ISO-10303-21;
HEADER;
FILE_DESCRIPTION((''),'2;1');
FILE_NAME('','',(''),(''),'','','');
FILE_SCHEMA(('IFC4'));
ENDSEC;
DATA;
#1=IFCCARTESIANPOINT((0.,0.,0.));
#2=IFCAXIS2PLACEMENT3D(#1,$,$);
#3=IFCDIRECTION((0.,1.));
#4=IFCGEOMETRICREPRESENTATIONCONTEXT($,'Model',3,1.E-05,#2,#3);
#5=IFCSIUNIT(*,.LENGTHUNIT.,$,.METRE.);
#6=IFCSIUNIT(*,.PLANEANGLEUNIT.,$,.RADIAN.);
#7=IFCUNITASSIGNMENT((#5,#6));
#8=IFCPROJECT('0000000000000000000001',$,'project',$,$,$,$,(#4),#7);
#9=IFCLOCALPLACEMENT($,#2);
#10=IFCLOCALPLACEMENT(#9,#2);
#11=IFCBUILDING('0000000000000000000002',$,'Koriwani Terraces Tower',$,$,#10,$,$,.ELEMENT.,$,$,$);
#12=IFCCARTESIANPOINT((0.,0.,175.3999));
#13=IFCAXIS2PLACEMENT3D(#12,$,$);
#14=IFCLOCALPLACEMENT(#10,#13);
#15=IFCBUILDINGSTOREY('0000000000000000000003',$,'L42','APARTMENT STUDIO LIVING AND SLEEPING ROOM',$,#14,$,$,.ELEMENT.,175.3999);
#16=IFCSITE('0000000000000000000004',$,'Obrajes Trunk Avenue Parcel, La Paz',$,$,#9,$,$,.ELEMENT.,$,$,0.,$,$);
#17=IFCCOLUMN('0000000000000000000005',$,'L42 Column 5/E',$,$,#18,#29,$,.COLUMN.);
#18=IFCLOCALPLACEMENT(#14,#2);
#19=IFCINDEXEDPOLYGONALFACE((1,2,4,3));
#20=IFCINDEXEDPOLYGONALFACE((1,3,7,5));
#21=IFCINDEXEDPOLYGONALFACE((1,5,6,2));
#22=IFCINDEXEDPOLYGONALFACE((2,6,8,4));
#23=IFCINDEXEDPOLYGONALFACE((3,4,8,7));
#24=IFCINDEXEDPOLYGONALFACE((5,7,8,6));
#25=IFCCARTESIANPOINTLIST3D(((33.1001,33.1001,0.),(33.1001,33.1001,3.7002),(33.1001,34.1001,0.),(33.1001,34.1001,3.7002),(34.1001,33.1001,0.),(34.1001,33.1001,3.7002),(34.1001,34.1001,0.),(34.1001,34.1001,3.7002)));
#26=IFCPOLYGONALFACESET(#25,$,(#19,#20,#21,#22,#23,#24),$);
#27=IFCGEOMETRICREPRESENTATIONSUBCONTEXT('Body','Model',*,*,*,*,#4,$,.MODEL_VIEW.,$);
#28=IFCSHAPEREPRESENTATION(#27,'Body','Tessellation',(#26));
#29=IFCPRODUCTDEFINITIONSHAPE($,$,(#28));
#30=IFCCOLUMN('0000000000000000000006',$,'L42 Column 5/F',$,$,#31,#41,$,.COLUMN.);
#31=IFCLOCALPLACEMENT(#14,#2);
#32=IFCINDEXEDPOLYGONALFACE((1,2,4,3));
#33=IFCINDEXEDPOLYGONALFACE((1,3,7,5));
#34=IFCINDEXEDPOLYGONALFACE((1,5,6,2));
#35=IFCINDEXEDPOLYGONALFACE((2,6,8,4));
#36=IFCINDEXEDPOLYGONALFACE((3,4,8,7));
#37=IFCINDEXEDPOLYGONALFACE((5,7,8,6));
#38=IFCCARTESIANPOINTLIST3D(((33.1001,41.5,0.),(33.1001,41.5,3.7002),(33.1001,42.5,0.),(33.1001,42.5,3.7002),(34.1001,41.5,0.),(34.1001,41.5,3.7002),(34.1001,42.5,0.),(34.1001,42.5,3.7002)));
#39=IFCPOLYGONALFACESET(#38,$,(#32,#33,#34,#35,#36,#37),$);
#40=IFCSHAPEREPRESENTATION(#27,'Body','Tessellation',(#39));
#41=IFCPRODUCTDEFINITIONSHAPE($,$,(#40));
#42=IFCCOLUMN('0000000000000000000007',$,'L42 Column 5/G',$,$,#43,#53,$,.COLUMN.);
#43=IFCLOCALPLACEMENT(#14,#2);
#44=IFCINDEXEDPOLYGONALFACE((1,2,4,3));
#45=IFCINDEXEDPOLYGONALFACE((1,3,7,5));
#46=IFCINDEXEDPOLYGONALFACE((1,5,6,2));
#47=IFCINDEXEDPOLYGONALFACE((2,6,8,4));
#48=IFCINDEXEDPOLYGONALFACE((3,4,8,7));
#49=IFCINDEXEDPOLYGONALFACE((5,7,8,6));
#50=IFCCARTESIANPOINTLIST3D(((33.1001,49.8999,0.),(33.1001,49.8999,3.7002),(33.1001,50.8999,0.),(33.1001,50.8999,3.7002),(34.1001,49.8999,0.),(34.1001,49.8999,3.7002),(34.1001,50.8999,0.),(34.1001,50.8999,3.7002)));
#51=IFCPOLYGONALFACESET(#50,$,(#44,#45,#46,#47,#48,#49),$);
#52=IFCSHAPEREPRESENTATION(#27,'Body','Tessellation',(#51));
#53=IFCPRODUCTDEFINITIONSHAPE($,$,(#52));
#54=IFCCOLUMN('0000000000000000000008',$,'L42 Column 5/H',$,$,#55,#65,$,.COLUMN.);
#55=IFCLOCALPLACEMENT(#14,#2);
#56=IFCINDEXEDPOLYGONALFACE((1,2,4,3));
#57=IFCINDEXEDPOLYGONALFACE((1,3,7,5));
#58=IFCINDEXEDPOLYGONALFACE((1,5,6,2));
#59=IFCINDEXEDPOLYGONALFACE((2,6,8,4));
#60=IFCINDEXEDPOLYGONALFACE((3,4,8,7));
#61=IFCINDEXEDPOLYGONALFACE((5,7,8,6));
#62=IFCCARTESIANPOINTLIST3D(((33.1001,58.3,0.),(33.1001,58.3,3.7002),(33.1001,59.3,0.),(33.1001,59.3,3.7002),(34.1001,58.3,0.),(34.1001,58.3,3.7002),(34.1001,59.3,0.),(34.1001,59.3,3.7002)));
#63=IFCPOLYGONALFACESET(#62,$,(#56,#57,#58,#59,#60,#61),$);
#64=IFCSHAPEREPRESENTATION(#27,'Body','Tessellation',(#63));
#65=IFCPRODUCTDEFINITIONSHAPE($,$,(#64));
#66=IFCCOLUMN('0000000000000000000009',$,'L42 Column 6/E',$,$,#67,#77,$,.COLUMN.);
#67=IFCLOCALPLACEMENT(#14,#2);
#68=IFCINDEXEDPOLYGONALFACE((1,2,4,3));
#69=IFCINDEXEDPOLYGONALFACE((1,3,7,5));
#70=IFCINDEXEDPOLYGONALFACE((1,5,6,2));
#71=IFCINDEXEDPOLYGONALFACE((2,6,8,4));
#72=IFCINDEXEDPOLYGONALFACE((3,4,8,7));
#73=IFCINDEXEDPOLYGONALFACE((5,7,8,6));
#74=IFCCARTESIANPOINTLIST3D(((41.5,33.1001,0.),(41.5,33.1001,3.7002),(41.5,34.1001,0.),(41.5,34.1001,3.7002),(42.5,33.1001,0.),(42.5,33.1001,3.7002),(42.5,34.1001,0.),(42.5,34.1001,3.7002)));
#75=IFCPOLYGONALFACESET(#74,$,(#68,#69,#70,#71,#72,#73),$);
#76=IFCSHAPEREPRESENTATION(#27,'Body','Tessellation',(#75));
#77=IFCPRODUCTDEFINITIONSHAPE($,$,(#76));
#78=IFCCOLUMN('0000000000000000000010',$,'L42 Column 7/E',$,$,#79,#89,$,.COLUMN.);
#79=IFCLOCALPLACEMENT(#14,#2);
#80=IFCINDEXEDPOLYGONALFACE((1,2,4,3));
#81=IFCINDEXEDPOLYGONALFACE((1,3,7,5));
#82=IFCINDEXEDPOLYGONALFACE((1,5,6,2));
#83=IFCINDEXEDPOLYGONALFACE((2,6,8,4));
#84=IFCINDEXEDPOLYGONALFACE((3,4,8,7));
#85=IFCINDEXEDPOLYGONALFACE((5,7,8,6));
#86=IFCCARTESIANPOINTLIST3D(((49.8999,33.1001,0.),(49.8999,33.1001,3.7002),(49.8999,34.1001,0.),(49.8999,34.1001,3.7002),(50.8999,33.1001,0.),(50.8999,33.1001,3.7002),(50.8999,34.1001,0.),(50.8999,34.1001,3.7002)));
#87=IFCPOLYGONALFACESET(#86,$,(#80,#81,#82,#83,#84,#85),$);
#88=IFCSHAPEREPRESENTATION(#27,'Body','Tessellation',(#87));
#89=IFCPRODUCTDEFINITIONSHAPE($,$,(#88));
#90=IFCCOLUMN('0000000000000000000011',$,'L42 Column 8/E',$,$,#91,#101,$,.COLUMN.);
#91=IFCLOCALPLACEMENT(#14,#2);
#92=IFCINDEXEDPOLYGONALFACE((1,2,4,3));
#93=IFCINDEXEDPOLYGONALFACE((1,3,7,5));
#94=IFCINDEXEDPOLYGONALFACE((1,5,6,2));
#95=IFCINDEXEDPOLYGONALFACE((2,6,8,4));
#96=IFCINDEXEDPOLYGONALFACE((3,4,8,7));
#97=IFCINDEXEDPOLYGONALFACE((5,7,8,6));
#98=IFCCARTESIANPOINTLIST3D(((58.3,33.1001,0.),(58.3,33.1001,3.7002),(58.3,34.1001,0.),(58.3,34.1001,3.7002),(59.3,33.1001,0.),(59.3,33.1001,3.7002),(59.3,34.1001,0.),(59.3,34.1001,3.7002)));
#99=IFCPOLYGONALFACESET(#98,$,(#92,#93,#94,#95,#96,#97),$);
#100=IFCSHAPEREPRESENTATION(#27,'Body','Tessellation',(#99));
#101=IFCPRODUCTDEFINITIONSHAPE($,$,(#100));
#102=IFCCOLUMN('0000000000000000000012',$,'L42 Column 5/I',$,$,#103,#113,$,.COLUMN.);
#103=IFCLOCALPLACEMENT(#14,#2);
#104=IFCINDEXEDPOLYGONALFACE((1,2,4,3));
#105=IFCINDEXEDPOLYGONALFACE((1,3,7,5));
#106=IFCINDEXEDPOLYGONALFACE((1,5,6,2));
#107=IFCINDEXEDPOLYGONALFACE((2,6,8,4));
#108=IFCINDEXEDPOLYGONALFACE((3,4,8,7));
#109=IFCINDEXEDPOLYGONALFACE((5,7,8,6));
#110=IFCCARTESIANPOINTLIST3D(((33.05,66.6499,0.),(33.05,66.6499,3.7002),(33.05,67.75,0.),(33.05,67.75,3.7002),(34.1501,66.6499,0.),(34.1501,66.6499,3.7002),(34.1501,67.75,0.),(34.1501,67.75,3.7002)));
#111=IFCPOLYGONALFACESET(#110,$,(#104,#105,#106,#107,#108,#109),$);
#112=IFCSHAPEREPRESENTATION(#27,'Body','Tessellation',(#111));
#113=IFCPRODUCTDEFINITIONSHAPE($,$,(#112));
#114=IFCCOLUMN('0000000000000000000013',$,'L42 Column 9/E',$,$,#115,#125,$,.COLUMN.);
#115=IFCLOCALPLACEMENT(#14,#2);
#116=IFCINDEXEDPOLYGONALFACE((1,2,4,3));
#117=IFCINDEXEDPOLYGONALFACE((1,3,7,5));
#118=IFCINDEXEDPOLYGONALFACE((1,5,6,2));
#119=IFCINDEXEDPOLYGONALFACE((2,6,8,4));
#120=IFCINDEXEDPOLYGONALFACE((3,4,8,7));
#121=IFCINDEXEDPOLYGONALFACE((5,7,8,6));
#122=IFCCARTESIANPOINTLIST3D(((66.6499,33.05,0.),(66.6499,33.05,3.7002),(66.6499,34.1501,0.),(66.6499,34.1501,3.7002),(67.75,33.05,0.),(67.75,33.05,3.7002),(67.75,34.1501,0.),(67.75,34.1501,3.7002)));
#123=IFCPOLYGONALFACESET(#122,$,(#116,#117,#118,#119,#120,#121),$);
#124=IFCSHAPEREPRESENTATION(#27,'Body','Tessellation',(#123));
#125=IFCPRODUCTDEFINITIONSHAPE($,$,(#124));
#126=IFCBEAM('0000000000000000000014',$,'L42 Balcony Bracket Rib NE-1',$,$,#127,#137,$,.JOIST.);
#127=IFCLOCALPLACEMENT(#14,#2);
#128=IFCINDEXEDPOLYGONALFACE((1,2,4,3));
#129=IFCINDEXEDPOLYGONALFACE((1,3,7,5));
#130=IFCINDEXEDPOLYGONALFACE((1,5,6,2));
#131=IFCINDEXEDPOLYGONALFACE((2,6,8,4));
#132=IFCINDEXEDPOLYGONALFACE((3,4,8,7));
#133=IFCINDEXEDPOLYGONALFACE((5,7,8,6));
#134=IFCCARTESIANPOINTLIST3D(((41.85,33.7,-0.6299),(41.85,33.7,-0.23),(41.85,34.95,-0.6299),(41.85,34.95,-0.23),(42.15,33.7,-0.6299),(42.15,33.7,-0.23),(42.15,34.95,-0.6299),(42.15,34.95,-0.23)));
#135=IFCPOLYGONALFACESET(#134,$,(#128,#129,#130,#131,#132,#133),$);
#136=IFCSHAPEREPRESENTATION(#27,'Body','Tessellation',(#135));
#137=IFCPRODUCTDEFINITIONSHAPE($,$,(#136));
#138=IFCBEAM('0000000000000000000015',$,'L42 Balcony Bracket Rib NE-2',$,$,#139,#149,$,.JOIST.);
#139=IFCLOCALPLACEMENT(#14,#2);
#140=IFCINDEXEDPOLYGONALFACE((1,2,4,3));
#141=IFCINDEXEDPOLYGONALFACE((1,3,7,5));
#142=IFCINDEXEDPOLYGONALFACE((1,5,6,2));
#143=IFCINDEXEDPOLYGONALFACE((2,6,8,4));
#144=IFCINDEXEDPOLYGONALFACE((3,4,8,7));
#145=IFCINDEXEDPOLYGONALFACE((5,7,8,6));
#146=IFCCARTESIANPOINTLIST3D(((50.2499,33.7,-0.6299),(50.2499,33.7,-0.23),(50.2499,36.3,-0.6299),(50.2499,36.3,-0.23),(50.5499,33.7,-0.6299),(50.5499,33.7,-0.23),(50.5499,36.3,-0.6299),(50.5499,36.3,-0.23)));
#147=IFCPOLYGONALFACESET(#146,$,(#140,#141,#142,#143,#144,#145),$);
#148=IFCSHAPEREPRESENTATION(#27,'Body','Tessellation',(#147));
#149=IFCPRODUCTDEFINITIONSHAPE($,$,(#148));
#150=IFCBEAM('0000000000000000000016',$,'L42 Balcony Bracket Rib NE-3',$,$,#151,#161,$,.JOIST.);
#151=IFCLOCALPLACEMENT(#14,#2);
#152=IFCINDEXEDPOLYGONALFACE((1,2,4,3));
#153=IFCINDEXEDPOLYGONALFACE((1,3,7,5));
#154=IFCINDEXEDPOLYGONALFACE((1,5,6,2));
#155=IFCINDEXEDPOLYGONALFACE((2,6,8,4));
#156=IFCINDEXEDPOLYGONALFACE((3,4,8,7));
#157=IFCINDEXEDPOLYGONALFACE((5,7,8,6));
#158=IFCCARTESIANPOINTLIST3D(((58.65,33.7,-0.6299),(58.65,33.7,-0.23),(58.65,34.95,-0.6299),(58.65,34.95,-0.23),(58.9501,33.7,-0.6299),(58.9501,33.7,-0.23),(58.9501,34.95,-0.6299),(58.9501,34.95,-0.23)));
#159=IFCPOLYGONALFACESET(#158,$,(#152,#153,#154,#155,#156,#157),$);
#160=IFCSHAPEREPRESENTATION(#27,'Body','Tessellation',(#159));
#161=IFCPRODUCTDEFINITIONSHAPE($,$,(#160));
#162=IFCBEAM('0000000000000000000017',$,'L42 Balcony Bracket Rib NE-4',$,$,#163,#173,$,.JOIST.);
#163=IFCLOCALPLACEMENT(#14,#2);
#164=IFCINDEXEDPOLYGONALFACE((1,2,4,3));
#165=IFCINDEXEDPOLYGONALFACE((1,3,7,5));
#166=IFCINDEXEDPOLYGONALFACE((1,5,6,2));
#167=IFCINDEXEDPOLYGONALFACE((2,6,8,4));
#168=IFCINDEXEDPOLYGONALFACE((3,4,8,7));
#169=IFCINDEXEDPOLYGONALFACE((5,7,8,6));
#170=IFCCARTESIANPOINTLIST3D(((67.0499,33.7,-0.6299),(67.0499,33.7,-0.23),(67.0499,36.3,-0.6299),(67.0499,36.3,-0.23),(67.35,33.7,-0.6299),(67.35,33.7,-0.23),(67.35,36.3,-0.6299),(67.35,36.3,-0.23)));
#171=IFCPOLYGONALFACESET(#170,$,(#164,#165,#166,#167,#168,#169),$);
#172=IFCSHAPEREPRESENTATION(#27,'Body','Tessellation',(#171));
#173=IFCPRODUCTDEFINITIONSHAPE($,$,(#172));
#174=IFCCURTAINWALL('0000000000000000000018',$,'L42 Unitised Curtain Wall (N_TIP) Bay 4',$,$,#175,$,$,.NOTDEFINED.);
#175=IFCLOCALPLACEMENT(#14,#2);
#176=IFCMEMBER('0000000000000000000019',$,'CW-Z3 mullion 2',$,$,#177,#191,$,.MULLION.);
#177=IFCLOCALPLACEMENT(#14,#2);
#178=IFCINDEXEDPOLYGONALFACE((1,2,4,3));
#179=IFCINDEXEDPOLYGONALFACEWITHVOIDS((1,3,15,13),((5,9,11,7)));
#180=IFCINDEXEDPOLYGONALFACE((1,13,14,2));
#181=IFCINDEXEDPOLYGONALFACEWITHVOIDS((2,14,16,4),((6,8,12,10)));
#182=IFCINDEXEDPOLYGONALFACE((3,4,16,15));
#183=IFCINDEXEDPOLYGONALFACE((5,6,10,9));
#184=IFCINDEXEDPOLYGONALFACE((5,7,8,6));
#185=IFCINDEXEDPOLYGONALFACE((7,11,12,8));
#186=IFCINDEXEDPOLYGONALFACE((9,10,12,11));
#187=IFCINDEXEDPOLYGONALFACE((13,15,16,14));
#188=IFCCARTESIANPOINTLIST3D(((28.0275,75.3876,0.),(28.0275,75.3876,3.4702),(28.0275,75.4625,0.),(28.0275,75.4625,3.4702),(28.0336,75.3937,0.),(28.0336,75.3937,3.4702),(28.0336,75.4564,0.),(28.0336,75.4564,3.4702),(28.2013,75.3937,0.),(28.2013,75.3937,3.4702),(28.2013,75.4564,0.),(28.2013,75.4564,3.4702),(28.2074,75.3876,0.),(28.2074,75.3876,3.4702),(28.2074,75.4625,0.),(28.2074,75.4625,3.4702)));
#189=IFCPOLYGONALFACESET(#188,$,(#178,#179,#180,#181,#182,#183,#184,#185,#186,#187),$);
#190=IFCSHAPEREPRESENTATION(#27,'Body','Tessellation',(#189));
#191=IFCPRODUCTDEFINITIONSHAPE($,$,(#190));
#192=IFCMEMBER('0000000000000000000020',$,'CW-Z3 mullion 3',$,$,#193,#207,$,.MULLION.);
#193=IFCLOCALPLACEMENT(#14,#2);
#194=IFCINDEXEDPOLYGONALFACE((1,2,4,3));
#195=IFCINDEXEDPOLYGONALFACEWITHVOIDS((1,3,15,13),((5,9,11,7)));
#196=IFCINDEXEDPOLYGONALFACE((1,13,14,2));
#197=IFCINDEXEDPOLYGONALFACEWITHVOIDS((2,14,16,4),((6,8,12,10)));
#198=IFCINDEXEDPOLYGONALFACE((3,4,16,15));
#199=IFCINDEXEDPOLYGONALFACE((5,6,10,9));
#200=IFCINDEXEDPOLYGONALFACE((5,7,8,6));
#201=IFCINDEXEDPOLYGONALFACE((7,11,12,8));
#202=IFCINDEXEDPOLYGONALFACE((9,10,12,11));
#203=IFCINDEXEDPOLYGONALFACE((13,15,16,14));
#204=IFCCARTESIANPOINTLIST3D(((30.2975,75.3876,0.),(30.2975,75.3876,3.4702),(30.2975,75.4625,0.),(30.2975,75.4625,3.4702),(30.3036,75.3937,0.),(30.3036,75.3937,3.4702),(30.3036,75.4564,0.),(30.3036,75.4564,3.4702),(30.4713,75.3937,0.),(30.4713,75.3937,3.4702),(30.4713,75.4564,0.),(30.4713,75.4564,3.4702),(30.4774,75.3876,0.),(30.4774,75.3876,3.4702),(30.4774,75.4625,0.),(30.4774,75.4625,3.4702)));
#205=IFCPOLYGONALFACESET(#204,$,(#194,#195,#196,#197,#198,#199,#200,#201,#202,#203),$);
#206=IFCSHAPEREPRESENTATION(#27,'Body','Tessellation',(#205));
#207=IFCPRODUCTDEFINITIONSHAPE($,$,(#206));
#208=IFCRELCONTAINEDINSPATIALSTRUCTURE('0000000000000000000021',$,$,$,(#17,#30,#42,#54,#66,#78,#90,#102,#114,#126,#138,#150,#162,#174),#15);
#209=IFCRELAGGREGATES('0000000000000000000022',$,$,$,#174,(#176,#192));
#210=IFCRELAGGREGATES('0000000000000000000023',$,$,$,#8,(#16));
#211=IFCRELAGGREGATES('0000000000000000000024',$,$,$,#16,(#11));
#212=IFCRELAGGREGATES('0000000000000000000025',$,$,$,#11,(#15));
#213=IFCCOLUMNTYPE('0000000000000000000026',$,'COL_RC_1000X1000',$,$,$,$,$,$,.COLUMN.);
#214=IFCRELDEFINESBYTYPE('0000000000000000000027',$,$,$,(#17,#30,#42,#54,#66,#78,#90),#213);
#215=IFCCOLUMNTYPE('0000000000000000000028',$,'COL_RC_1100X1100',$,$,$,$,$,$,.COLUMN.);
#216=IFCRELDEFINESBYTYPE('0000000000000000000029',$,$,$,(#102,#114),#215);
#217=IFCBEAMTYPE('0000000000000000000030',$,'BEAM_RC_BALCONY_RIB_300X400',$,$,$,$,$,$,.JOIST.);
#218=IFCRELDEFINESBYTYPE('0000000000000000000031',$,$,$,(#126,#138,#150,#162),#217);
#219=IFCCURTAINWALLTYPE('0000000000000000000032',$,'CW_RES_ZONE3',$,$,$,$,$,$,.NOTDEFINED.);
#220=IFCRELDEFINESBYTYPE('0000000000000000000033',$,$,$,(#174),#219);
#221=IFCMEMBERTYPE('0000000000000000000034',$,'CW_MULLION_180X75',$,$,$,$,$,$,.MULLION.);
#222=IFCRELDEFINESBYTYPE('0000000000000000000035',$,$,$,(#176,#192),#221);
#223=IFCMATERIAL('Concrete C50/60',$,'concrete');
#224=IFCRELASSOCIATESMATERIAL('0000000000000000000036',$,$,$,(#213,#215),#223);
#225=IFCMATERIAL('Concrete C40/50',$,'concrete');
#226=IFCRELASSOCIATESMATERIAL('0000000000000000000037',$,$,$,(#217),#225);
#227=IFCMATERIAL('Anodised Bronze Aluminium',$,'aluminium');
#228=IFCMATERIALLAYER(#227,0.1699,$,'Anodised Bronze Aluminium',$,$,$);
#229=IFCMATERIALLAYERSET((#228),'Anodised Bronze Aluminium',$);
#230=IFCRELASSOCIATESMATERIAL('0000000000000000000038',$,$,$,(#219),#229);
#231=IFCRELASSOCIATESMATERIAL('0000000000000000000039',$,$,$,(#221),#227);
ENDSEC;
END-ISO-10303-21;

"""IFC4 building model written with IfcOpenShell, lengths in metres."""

from ifc_helpers import new_model, si_unit, direction, frame, origin, origin_2d, place, context, subcontext, project, spatial, rectangle, hollow_rectangle, extrude, material, layer, layer_set, material_profile, profile_set, type_object, element, aggregate, save


model = new_model("IFC4")

# Units and contexts
model_context = context("Model", 3, precision=1e-05, world=origin(), true_north=direction((0.0, 1.0)))
body_context = subcontext(model_context, "Body", "Model", "MODEL_VIEW")
ifc_project = project(units=[si_unit("LENGTHUNIT", "METRE"), si_unit("PLANEANGLEUNIT", "RADIAN")], contexts=[model_context])

# Site, building, storey
site_placement = place(None, origin())
site = spatial("IfcSite", under=ifc_project, at=site_placement, Name="Obrajes Trunk Avenue Parcel, La Paz", CompositionType="ELEMENT", RefElevation=0.0)
building_placement = place(site_placement, origin())
building = spatial("IfcBuilding", under=site, at=building_placement, Name="Koriwani Terraces Tower", CompositionType="ELEMENT")
storey_placement = place(building_placement, frame((0.0, 0.0, 175.3999)))
storey = spatial("IfcBuildingStorey", under=building, at=storey_placement, Name="L42", Description="APARTMENT STUDIO LIVING AND SLEEPING ROOM", CompositionType="ELEMENT", Elevation=175.3999)

# Columns
ifc_material_1 = material(Name="Concrete C50/60", Category="concrete")
ifc_material_profile_1 = material_profile(ifc_material_1, rectangle(XDim=1.0, YDim=1.0, at=origin_2d()), Name="Concrete C50/60", Category="LoadBearing")
ifc_profile_set_1 = profile_set([ifc_material_profile_1], Name="Concrete C50/60")
column_type_1 = type_object("IfcColumnType", Name="COL_RC_1000X1000", PredefinedType="COLUMN", material=ifc_profile_set_1)
for number, where, z_axis, x_axis, name in (
    (1, (33.6001, 33.6001, 0.0), (0.0, 0.0, 1.0), (1.0, 0.0, 0.0), "L42 Column 5/E"),
    (2, (33.6001, 42.0, 0.0), (0.0, 0.0, 1.0), (1.0, 0.0, 0.0), "L42 Column 5/F"),
    (3, (33.6001, 50.3999, 0.0), (0.0, 0.0, 1.0), (1.0, 0.0, 0.0), "L42 Column 5/G"),
    (4, (33.6001, 58.8, 0.0), (0.0, 0.0, 1.0), (1.0, 0.0, 0.0), "L42 Column 5/H"),
    (5, (42.0, 33.6001, 0.0), (0.0, 0.0, 1.0), (1.0, 0.0, 0.0), "L42 Column 6/E"),
    (6, (50.3999, 33.6001, 0.0), (0.0, 0.0, 1.0), (1.0, 0.0, 0.0), "L42 Column 7/E"),
    (7, (58.8, 33.6001, 0.0), (0.0, 0.0, 1.0), (1.0, 0.0, 0.0), "L42 Column 8/E"),
):
    element("IfcColumn", number, at=place(storey_placement, frame(where, z_axis=z_axis, x_axis=x_axis)), inside=storey, type_object=column_type_1, Name=name, PredefinedType="COLUMN", context=body_context, shape_type="SweptSolid", body=[
        extrude(rectangle(XDim=1.0, YDim=1.0, at=origin_2d()), origin(), (0.0, 0.0, 1.0), 3.7002),
    ])
ifc_material_profile_2 = material_profile(ifc_material_1, rectangle(XDim=1.1001, YDim=1.1001, at=origin_2d()), Name="Concrete C50/60", Category="LoadBearing")
ifc_profile_set_2 = profile_set([ifc_material_profile_2], Name="Concrete C50/60")
column_type_2 = type_object("IfcColumnType", Name="COL_RC_1100X1100", PredefinedType="COLUMN", material=ifc_profile_set_2)
for number, where, z_axis, x_axis, name in (
    (8, (33.6001, 67.2, 0.0), (0.0, 0.0, 1.0), (1.0, 0.0, 0.0), "L42 Column 5/I"),
    (9, (67.2, 33.6001, 0.0), (0.0, 0.0, 1.0), (1.0, 0.0, 0.0), "L42 Column 9/E"),
):
    element("IfcColumn", number, at=place(storey_placement, frame(where, z_axis=z_axis, x_axis=x_axis)), inside=storey, type_object=column_type_2, Name=name, PredefinedType="COLUMN", context=body_context, shape_type="SweptSolid", body=[
        extrude(rectangle(XDim=1.1001, YDim=1.1001, at=origin_2d()), origin(), (0.0, 0.0, 1.0), 3.7002),
    ])

# Beams
ifc_material_2 = material(Name="Concrete C40/50", Category="concrete")
ifc_material_profile_3 = material_profile(ifc_material_2, rectangle(XDim=0.3, YDim=0.3999, at=origin_2d()), Name="Concrete C40/50", Category="LoadBearing")
ifc_profile_set_3 = profile_set([ifc_material_profile_3], Name="Concrete C40/50")
beam_type = type_object("IfcBeamType", Name="BEAM_RC_BALCONY_RIB_300X400", PredefinedType="JOIST", material=ifc_profile_set_3)
beam_1_placement = place(storey_placement, frame((42.0, 33.7, -0.4299), z_axis=(0.0, 1.0, 0.0), x_axis=(-1.0, 0.0, 0.0)))
element("IfcBeam", 10, at=beam_1_placement, inside=storey, type_object=beam_type, Name="L42 Balcony Bracket Rib NE-1", PredefinedType="JOIST", context=body_context, shape_type="SweptSolid", body=[
    extrude(rectangle(XDim=0.3, YDim=0.3999, at=origin_2d()), origin(), (0.0, 0.0, 1.0), 1.25),
])
beam_2_placement = place(storey_placement, frame((50.3999, 33.7, -0.4299), z_axis=(0.0, 1.0, 0.0), x_axis=(-1.0, 0.0, 0.0)))
element("IfcBeam", 11, at=beam_2_placement, inside=storey, type_object=beam_type, Name="L42 Balcony Bracket Rib NE-2", PredefinedType="JOIST", context=body_context, shape_type="SweptSolid", body=[
    extrude(rectangle(XDim=0.3, YDim=0.3999, at=origin_2d()), origin(), (0.0, 0.0, 1.0), 2.6001),
])
beam_3_placement = place(storey_placement, frame((58.8, 33.7, -0.4299), z_axis=(0.0, 1.0, 0.0), x_axis=(-1.0, 0.0, 0.0)))
element("IfcBeam", 12, at=beam_3_placement, inside=storey, type_object=beam_type, Name="L42 Balcony Bracket Rib NE-3", PredefinedType="JOIST", context=body_context, shape_type="SweptSolid", body=[
    extrude(rectangle(XDim=0.3, YDim=0.3999, at=origin_2d()), origin(), (0.0, 0.0, 1.0), 1.25),
])
beam_4_placement = place(storey_placement, frame((67.2, 33.7, -0.4299), z_axis=(0.0, 1.0, 0.0), x_axis=(-1.0, 0.0, 0.0)))
element("IfcBeam", 13, at=beam_4_placement, inside=storey, type_object=beam_type, Name="L42 Balcony Bracket Rib NE-4", PredefinedType="JOIST", context=body_context, shape_type="SweptSolid", body=[
    extrude(rectangle(XDim=0.3, YDim=0.3999, at=origin_2d()), origin(), (0.0, 0.0, 1.0), 2.6001),
])

# Curtain wall, members
ifc_material_3 = material(Name="Anodised Bronze Aluminium", Category="aluminium")
ifc_layer_1 = layer(ifc_material_3, 0.1699, Name="Anodised Bronze Aluminium")
ifc_layer_set_1 = layer_set([ifc_layer_1], Name="Anodised Bronze Aluminium")
curtain_wall_type = type_object("IfcCurtainWallType", Name="CW_RES_ZONE3", PredefinedType="NOTDEFINED", material=ifc_layer_set_1)
curtain_wall_placement = place(storey_placement, origin())
curtain_wall = element("IfcCurtainWall", 14, at=curtain_wall_placement, inside=storey, type_object=curtain_wall_type, Name="L42 Unitised Curtain Wall (N_TIP) Bay 4", PredefinedType="NOTDEFINED")
ifc_material_profile_4 = material_profile(ifc_material_3, hollow_rectangle(XDim=0.075, YDim=0.1799, WallThickness=0.0061, at=origin_2d()), Name="Anodised Bronze Aluminium", Category="LoadBearing")
ifc_profile_set_4 = profile_set([ifc_material_profile_4], Name="Anodised Bronze Aluminium")
member_type_1 = type_object("IfcMemberType", Name="CW_MULLION_180X75", PredefinedType="MULLION", material=ifc_profile_set_4)
member_1_placement = place(storey_placement, frame((28.1174, 75.425, 0.0), z_axis=(0.0, 0.0, 1.0), x_axis=(0.0, 1.0, 0.0)))
member_1 = element("IfcMember", 15, at=member_1_placement, type_object=member_type_1, Name="CW-Z3 mullion 2", PredefinedType="MULLION", context=body_context, shape_type="SweptSolid", body=[
    extrude(hollow_rectangle(XDim=0.075, YDim=0.1799, WallThickness=0.0061, at=origin_2d()), origin(), (0.0, 0.0, 1.0), 3.4702),
])
member_2_placement = place(storey_placement, frame((30.3875, 75.425, 0.0), z_axis=(0.0, 0.0, 1.0), x_axis=(0.0, 1.0, 0.0)))
member_2 = element("IfcMember", 16, at=member_2_placement, type_object=member_type_1, Name="CW-Z3 mullion 3", PredefinedType="MULLION", context=body_context, shape_type="SweptSolid", body=[
    extrude(hollow_rectangle(XDim=0.075, YDim=0.1799, WallThickness=0.0061, at=origin_2d()), origin(), (0.0, 0.0, 1.0), 3.4702),
])
aggregate(curtain_wall, [member_1, member_2])

save(model, "model.ifc")
